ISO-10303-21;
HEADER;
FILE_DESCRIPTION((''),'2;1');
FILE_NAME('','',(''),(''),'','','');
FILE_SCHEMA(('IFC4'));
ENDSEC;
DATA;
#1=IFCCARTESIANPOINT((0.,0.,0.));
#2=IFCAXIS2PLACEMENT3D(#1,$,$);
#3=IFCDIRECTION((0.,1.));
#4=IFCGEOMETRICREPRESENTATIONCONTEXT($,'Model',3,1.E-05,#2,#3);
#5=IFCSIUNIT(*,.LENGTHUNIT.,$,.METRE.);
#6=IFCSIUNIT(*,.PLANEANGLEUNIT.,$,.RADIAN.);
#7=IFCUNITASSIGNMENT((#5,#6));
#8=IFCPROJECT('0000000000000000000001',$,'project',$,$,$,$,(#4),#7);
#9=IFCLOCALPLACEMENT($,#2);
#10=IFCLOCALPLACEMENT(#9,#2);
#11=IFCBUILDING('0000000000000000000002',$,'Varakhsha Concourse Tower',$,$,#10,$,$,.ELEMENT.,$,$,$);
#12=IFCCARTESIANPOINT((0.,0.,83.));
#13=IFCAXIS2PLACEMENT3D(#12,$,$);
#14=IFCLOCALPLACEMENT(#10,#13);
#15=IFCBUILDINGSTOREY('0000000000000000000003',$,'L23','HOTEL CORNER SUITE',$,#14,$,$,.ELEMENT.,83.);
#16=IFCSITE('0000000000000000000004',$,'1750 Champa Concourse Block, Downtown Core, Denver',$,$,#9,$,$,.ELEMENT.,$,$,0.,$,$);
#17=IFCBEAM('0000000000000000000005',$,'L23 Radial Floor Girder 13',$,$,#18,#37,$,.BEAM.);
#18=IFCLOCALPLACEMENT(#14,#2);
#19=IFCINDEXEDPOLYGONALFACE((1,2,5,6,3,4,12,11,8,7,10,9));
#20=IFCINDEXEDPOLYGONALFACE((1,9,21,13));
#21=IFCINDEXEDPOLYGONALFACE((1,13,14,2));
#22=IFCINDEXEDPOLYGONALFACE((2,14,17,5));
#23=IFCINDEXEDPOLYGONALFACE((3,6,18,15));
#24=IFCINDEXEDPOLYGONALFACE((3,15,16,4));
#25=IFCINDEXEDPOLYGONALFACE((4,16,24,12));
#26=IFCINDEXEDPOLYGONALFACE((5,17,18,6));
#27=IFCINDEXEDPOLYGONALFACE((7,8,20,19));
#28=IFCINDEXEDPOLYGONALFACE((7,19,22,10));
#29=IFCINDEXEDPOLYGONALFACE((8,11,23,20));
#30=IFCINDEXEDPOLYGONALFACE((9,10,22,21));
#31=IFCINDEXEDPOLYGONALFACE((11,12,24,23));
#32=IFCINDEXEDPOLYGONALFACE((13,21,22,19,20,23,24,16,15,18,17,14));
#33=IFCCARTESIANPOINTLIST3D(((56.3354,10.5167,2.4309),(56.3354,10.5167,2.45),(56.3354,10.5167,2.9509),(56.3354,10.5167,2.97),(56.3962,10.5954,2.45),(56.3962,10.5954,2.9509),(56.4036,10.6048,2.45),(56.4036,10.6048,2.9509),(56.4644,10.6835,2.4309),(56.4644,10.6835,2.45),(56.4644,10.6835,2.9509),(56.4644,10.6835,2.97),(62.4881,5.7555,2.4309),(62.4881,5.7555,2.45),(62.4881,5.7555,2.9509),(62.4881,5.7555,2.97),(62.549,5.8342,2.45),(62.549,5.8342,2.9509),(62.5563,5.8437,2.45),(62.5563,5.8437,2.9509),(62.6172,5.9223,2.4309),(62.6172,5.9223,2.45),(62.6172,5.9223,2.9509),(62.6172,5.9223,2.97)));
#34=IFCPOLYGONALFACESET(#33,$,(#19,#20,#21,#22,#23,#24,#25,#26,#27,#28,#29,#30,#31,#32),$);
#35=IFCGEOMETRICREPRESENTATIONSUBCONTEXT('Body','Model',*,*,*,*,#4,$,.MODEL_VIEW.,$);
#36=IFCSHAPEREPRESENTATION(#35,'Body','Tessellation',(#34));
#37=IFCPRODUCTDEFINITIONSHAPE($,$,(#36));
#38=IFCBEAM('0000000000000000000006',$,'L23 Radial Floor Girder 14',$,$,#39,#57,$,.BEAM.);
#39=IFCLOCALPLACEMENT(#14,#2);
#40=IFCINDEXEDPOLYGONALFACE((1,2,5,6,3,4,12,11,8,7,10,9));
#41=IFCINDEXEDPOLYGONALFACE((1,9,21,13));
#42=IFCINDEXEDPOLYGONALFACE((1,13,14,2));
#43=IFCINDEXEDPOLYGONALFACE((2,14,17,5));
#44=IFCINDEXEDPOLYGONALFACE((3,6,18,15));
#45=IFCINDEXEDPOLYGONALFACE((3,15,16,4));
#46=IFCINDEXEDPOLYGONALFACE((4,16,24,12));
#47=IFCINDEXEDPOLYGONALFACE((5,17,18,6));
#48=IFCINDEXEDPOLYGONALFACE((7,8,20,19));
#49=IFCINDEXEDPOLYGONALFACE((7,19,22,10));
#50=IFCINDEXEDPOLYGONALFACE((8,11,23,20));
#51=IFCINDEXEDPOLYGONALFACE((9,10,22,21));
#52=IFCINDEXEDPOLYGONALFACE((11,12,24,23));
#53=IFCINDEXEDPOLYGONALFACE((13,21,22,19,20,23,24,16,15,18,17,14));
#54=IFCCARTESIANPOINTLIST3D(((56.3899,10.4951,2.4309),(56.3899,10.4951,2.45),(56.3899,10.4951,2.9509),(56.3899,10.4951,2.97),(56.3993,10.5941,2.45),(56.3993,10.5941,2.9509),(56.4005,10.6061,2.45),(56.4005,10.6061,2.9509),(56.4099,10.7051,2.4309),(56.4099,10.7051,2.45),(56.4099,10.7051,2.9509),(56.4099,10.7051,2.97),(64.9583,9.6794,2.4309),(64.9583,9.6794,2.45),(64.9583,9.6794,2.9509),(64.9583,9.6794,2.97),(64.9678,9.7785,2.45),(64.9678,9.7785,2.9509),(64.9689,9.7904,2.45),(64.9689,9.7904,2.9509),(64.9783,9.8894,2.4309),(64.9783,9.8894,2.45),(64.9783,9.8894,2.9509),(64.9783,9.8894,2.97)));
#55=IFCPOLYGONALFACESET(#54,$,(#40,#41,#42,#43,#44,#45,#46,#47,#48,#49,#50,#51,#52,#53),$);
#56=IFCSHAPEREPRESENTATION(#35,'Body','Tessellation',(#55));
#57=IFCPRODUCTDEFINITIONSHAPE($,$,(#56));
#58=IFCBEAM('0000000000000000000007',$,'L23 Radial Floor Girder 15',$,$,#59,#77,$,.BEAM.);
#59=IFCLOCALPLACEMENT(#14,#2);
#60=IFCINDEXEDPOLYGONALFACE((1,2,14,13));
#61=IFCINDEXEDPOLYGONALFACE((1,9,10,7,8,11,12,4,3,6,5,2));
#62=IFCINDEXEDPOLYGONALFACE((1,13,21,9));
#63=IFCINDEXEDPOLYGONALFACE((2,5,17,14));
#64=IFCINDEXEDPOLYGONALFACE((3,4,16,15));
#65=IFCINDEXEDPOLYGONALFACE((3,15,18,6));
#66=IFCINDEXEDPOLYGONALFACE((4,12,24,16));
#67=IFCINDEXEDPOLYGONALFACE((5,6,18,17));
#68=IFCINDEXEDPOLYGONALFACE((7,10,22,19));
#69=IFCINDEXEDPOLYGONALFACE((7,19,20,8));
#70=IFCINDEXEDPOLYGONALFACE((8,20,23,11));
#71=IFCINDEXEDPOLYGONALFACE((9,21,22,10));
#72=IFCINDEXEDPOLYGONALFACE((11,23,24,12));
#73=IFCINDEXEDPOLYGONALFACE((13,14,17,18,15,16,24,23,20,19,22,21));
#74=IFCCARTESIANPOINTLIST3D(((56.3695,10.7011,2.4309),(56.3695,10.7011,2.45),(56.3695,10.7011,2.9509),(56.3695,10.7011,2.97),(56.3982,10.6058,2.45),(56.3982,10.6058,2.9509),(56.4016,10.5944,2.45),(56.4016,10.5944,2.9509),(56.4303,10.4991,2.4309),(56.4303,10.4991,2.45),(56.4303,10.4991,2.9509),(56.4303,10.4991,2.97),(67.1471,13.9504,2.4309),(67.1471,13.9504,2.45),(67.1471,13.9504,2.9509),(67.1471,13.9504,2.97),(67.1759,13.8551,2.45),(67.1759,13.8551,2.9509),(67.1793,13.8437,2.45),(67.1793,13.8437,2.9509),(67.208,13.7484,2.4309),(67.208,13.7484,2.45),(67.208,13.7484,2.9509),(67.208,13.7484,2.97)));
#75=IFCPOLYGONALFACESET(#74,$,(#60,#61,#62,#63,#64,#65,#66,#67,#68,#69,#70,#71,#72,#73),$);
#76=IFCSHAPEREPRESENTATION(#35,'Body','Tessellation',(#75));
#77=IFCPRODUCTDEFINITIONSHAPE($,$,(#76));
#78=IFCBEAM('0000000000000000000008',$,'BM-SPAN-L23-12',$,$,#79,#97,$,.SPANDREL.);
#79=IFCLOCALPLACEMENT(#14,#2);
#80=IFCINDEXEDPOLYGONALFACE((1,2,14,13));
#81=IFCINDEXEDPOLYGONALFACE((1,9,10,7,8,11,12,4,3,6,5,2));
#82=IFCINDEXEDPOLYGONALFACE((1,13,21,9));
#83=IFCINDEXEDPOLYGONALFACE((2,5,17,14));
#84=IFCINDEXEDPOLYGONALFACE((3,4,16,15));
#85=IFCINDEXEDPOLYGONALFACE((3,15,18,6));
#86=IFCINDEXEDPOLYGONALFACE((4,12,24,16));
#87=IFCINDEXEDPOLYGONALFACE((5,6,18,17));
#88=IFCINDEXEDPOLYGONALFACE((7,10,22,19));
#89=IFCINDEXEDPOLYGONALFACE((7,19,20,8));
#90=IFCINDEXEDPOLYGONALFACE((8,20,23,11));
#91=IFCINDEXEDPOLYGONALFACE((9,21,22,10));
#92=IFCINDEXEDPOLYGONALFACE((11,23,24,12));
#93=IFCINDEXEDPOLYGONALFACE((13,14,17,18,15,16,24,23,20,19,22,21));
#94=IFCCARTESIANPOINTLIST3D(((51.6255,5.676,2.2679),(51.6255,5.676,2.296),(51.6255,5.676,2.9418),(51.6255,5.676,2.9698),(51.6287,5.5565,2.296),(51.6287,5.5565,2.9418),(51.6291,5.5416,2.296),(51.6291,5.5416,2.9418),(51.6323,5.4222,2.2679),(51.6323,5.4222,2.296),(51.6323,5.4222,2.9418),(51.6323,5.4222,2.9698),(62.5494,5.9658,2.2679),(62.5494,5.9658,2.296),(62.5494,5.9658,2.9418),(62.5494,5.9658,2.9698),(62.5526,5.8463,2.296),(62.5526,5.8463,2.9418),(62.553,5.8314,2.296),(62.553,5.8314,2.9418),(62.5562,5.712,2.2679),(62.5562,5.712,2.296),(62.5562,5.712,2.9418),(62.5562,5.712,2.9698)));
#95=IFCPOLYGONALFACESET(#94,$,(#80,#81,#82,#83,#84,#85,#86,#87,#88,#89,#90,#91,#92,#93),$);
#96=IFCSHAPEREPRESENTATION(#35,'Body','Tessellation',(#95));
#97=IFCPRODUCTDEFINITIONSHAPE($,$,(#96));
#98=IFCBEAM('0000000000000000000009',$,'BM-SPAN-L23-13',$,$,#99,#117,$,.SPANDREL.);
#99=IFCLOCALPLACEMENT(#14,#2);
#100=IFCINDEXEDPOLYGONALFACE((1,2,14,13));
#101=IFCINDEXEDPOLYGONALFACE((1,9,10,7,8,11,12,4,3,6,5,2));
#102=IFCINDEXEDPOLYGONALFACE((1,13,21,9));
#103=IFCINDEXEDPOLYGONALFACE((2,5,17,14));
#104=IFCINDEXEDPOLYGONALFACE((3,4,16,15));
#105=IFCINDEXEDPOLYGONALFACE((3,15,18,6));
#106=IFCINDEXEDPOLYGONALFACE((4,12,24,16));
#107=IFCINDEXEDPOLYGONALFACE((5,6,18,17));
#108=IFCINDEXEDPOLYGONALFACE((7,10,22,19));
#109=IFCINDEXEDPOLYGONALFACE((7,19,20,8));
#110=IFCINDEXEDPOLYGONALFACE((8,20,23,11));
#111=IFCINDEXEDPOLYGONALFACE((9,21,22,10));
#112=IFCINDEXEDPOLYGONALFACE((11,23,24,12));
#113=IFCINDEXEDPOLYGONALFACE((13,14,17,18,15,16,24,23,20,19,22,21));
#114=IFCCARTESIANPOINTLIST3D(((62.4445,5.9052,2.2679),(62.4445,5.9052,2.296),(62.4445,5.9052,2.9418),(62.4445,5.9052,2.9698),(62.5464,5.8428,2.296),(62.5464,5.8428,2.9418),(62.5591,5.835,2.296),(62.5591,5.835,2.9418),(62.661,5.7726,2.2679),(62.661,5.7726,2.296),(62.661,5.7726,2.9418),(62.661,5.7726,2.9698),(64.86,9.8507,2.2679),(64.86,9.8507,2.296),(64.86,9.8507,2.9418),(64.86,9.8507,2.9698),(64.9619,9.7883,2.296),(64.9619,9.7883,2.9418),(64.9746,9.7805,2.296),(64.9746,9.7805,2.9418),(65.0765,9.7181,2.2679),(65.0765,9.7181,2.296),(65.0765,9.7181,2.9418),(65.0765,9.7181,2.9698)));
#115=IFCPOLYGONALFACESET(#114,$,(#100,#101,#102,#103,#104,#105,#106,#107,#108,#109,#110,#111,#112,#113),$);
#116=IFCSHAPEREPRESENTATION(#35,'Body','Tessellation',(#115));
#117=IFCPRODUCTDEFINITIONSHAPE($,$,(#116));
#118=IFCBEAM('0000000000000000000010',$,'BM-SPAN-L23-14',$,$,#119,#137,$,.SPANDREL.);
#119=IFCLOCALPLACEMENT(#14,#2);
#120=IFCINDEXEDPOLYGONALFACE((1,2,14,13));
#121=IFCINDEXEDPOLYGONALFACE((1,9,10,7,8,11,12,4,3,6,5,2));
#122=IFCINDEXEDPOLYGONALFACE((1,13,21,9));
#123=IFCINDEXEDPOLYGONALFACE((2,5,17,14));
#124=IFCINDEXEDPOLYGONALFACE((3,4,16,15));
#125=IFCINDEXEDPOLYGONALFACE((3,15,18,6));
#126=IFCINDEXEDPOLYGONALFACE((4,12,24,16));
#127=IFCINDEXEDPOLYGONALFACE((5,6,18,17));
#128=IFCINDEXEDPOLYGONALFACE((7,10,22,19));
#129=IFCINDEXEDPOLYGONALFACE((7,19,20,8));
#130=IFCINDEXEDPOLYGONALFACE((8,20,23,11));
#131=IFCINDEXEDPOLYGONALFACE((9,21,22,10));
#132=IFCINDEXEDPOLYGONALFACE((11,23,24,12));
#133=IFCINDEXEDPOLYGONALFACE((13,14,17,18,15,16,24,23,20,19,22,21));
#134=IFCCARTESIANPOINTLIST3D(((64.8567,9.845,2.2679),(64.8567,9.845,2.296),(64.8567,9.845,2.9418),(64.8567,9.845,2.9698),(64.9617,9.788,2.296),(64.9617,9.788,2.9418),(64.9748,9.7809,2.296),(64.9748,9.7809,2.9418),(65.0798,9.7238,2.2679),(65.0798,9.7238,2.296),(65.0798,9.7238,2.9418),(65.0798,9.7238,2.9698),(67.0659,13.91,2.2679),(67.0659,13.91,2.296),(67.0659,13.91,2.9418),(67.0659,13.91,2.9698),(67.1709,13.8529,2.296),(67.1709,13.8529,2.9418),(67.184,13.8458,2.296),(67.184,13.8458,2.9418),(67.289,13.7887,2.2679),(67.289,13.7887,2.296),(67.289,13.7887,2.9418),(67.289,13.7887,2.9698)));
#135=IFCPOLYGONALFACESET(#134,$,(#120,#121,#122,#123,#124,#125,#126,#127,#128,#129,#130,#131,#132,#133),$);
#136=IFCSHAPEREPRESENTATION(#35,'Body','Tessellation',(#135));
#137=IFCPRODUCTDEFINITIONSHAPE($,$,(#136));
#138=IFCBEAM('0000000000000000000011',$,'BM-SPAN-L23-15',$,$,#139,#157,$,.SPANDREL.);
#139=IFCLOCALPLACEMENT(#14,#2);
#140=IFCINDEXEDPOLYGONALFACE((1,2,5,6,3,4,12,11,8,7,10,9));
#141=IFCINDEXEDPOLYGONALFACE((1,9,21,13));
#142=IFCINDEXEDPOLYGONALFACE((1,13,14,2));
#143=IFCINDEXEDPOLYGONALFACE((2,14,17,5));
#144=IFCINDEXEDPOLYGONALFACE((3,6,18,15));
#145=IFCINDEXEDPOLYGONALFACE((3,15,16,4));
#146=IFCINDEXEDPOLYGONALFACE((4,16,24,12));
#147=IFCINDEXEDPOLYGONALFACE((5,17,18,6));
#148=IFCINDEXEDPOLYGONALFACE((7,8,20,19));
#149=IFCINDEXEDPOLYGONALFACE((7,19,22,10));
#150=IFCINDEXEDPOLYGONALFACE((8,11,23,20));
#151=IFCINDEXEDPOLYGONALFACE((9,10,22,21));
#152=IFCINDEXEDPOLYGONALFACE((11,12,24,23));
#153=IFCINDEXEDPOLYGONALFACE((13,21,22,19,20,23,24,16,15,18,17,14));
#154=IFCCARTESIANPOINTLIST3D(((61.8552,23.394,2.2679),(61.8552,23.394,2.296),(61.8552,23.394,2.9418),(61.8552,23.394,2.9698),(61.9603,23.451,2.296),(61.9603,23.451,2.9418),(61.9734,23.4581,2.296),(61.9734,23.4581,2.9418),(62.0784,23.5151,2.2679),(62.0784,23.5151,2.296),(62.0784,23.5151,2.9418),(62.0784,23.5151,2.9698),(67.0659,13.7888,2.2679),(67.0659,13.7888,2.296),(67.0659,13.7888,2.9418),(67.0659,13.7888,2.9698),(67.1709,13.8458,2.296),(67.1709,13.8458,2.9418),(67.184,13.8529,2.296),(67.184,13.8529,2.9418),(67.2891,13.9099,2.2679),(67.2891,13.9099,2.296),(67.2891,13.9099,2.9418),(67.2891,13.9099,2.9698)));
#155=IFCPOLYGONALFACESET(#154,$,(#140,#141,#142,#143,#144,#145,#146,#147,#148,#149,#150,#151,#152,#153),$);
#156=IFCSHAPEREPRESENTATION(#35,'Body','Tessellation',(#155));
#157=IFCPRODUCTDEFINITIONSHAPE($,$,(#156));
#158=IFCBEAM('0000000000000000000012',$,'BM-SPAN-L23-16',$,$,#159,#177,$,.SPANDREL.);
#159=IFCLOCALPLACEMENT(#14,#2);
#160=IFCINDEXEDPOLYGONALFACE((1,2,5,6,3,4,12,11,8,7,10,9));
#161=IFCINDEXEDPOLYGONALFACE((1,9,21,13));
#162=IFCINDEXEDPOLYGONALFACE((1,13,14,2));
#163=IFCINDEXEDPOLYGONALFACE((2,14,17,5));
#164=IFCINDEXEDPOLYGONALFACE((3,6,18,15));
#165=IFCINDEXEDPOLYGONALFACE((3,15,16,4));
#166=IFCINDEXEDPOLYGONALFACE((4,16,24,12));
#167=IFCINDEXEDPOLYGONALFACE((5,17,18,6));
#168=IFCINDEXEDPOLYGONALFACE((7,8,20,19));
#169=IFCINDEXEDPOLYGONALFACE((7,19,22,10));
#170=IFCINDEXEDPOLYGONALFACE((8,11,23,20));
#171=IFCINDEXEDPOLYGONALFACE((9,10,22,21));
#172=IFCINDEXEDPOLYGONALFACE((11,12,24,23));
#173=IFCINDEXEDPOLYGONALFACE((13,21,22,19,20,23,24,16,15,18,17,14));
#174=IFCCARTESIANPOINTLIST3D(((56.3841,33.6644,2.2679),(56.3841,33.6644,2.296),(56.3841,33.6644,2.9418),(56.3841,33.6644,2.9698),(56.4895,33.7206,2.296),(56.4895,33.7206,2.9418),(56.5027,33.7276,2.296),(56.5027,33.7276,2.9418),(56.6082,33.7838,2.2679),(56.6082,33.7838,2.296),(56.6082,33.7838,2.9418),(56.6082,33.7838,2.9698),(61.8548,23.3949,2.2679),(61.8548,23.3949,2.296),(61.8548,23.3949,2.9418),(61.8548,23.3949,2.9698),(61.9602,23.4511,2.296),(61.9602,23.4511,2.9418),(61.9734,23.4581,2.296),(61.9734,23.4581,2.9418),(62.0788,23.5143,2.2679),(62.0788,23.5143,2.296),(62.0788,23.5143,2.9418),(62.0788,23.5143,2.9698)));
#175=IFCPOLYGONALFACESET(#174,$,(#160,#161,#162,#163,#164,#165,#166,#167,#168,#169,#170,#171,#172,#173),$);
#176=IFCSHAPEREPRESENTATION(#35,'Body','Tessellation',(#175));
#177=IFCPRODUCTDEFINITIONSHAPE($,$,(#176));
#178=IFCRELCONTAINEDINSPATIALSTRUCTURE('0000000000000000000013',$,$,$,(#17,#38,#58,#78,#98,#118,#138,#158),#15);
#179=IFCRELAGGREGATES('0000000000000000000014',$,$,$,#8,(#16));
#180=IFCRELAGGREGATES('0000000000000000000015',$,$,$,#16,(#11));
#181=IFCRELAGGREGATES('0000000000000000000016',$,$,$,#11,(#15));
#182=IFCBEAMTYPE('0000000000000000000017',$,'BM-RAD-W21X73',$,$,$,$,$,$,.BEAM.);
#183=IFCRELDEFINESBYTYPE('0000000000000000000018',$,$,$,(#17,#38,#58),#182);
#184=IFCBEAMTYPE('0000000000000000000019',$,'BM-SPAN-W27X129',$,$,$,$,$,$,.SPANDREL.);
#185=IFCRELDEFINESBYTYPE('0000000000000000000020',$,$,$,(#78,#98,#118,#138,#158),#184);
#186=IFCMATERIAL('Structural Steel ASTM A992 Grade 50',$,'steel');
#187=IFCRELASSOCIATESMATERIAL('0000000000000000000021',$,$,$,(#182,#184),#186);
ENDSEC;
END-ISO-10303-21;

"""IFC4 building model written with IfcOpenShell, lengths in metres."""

from ifc_helpers import new_model, si_unit, direction, frame, origin, origin_2d, place, context, subcontext, project, spatial, i_section, extrude, material, material_profile, profile_set, type_object, element, save


model = new_model("IFC4")

# Units and contexts
model_context = context("Model", 3, precision=1e-05, world=origin(), true_north=direction((0.0, 1.0)))
body_context = subcontext(model_context, "Body", "Model", "MODEL_VIEW")
ifc_project = project(units=[si_unit("LENGTHUNIT", "METRE"), si_unit("PLANEANGLEUNIT", "RADIAN")], contexts=[model_context])

# Site, building, storey
site_placement = place(None, origin())
site = spatial("IfcSite", under=ifc_project, at=site_placement, Name="1750 Champa Concourse Block, Downtown Core, Denver", CompositionType="ELEMENT", RefElevation=0.0)
building_placement = place(site_placement, origin())
building = spatial("IfcBuilding", under=site, at=building_placement, Name="Varakhsha Concourse Tower", CompositionType="ELEMENT")
storey_placement = place(building_placement, frame((0.0, 0.0, 83.0)))
storey = spatial("IfcBuildingStorey", under=building, at=storey_placement, Name="L23", Description="HOTEL CORNER SUITE", CompositionType="ELEMENT", Elevation=83.0)

# Shared definitions
ifc_material_1 = material(Name="Structural Steel ASTM A992 Grade 50", Category="steel")

# Beams
ifc_material_profile_1 = material_profile(ifc_material_1, i_section(OverallWidth=0.2109, OverallDepth=0.5391, WebThickness=0.012, FlangeThickness=0.019, at=origin_2d()), Name="W21X73")
ifc_profile_set_1 = profile_set([ifc_material_profile_1], Name="Structural Steel ASTM A992 Grade 50")
beam_type_1 = type_object("IfcBeamType", Name="BM-RAD-W21X73", PredefinedType="BEAM", material=ifc_profile_set_1)
beam_1_placement = place(storey_placement, frame((56.3999, 10.6001, 2.7004), z_axis=(0.790864, -0.611992, 0.0), x_axis=(0.611992, 0.790864, 0.0)))
element("IfcBeam", 1, at=beam_1_placement, inside=storey, type_object=beam_type_1, Name="L23 Radial Floor Girder 13", PredefinedType="BEAM", context=body_context, shape_type="SweptSolid", body=[
    extrude(i_section(OverallWidth=0.2109, OverallDepth=0.5391, WebThickness=0.012, FlangeThickness=0.019, at=origin_2d()), origin(), (0.0, 0.0, 1.0), 7.7798),
])
beam_2_placement = place(storey_placement, frame((56.3999, 10.6001, 2.7004), z_axis=(0.995499, -0.094768, 0.0), x_axis=(0.094768, 0.995499, 0.0)))
element("IfcBeam", 2, at=beam_2_placement, inside=storey, type_object=beam_type_1, Name="L23 Radial Floor Girder 14", PredefinedType="BEAM", context=body_context, shape_type="SweptSolid", body=[
    extrude(i_section(OverallWidth=0.2109, OverallDepth=0.5391, WebThickness=0.012, FlangeThickness=0.019, at=origin_2d()), origin(), (0.0, 0.0, 1.0), 8.6072),
])
beam_3_placement = place(storey_placement, frame((56.3999, 10.6001, 2.7004), z_axis=(0.957434, 0.288651, 0.0), x_axis=(-0.288651, 0.957434, 0.0)))
element("IfcBeam", 3, at=beam_3_placement, inside=storey, type_object=beam_type_1, Name="L23 Radial Floor Girder 15", PredefinedType="BEAM", context=body_context, shape_type="SweptSolid", body=[
    extrude(i_section(OverallWidth=0.2109, OverallDepth=0.5391, WebThickness=0.012, FlangeThickness=0.019, at=origin_2d()), origin(), (0.0, 0.0, 1.0), 11.2568),
])
ifc_material_profile_2 = material_profile(ifc_material_1, i_section(OverallWidth=0.2539, OverallDepth=0.7019, WebThickness=0.0149, FlangeThickness=0.0281, at=origin_2d()), Name="W27X129")
ifc_profile_set_2 = profile_set([ifc_material_profile_2], Name="Structural Steel ASTM A992 Grade 50")
beam_type_2 = type_object("IfcBeamType", Name="BM-SPAN-W27X129", PredefinedType="SPANDREL", material=ifc_profile_set_2)
beam_4_placement = place(storey_placement, frame((51.6289, 5.5491, 2.6189), z_axis=(0.999648, 0.026519, 0.0), x_axis=(-0.026519, 0.999648, 0.0)))
element("IfcBeam", 4, at=beam_4_placement, inside=storey, type_object=beam_type_2, Name="BM-SPAN-L23-12", PredefinedType="SPANDREL", context=body_context, shape_type="SweptSolid", body=[
    extrude(i_section(OverallWidth=0.2539, OverallDepth=0.7019, WebThickness=0.0149, FlangeThickness=0.0281, at=origin_2d()), origin(), (0.0, 0.0, 1.0), 10.9277),
])
beam_5_placement = place(storey_placement, frame((62.5527, 5.8389, 2.6189), z_axis=(0.522135, 0.852863, 0.0), x_axis=(-0.852863, 0.522135, 0.0)))
element("IfcBeam", 5, at=beam_5_placement, inside=storey, type_object=beam_type_2, Name="BM-SPAN-L23-13", PredefinedType="SPANDREL", context=body_context, shape_type="SweptSolid", body=[
    extrude(i_section(OverallWidth=0.2539, OverallDepth=0.7019, WebThickness=0.0149, FlangeThickness=0.0281, at=origin_2d()), origin(), (0.0, 0.0, 1.0), 4.6262),
])
beam_6_placement = place(storey_placement, frame((64.9683, 9.7844, 2.6189), z_axis=(0.477517, 0.878623, 0.0), x_axis=(-0.878623, 0.477517, 0.0)))
element("IfcBeam", 6, at=beam_6_placement, inside=storey, type_object=beam_type_2, Name="BM-SPAN-L23-14", PredefinedType="SPANDREL", context=body_context, shape_type="SweptSolid", body=[
    extrude(i_section(OverallWidth=0.2539, OverallDepth=0.7019, WebThickness=0.0149, FlangeThickness=0.0281, at=origin_2d()), origin(), (0.0, 0.0, 1.0), 4.6265),
])
beam_7_placement = place(storey_placement, frame((67.1775, 13.8494, 2.6189), z_axis=(-0.476839, 0.87899, 0.0), x_axis=(-0.87899, -0.476839, 0.0)))
element("IfcBeam", 7, at=beam_7_placement, inside=storey, type_object=beam_type_2, Name="BM-SPAN-L23-15", PredefinedType="SPANDREL", context=body_context, shape_type="SweptSolid", body=[
    extrude(i_section(OverallWidth=0.2539, OverallDepth=0.7019, WebThickness=0.0149, FlangeThickness=0.0281, at=origin_2d()), origin(), (0.0, 0.0, 1.0), 10.9275),
])
beam_8_placement = place(storey_placement, frame((61.9668, 23.4546, 2.6189), z_axis=(-0.470161, 0.882581, 0.0), x_axis=(-0.882581, -0.470161, 0.0)))
element("IfcBeam", 8, at=beam_8_placement, inside=storey, type_object=beam_type_2, Name="BM-SPAN-L23-16", PredefinedType="SPANDREL", context=body_context, shape_type="SweptSolid", body=[
    extrude(i_section(OverallWidth=0.2539, OverallDepth=0.7019, WebThickness=0.0149, FlangeThickness=0.0281, at=origin_2d()), origin(), (0.0, 0.0, 1.0), 11.6357),
])

save(model, "model.ifc")
